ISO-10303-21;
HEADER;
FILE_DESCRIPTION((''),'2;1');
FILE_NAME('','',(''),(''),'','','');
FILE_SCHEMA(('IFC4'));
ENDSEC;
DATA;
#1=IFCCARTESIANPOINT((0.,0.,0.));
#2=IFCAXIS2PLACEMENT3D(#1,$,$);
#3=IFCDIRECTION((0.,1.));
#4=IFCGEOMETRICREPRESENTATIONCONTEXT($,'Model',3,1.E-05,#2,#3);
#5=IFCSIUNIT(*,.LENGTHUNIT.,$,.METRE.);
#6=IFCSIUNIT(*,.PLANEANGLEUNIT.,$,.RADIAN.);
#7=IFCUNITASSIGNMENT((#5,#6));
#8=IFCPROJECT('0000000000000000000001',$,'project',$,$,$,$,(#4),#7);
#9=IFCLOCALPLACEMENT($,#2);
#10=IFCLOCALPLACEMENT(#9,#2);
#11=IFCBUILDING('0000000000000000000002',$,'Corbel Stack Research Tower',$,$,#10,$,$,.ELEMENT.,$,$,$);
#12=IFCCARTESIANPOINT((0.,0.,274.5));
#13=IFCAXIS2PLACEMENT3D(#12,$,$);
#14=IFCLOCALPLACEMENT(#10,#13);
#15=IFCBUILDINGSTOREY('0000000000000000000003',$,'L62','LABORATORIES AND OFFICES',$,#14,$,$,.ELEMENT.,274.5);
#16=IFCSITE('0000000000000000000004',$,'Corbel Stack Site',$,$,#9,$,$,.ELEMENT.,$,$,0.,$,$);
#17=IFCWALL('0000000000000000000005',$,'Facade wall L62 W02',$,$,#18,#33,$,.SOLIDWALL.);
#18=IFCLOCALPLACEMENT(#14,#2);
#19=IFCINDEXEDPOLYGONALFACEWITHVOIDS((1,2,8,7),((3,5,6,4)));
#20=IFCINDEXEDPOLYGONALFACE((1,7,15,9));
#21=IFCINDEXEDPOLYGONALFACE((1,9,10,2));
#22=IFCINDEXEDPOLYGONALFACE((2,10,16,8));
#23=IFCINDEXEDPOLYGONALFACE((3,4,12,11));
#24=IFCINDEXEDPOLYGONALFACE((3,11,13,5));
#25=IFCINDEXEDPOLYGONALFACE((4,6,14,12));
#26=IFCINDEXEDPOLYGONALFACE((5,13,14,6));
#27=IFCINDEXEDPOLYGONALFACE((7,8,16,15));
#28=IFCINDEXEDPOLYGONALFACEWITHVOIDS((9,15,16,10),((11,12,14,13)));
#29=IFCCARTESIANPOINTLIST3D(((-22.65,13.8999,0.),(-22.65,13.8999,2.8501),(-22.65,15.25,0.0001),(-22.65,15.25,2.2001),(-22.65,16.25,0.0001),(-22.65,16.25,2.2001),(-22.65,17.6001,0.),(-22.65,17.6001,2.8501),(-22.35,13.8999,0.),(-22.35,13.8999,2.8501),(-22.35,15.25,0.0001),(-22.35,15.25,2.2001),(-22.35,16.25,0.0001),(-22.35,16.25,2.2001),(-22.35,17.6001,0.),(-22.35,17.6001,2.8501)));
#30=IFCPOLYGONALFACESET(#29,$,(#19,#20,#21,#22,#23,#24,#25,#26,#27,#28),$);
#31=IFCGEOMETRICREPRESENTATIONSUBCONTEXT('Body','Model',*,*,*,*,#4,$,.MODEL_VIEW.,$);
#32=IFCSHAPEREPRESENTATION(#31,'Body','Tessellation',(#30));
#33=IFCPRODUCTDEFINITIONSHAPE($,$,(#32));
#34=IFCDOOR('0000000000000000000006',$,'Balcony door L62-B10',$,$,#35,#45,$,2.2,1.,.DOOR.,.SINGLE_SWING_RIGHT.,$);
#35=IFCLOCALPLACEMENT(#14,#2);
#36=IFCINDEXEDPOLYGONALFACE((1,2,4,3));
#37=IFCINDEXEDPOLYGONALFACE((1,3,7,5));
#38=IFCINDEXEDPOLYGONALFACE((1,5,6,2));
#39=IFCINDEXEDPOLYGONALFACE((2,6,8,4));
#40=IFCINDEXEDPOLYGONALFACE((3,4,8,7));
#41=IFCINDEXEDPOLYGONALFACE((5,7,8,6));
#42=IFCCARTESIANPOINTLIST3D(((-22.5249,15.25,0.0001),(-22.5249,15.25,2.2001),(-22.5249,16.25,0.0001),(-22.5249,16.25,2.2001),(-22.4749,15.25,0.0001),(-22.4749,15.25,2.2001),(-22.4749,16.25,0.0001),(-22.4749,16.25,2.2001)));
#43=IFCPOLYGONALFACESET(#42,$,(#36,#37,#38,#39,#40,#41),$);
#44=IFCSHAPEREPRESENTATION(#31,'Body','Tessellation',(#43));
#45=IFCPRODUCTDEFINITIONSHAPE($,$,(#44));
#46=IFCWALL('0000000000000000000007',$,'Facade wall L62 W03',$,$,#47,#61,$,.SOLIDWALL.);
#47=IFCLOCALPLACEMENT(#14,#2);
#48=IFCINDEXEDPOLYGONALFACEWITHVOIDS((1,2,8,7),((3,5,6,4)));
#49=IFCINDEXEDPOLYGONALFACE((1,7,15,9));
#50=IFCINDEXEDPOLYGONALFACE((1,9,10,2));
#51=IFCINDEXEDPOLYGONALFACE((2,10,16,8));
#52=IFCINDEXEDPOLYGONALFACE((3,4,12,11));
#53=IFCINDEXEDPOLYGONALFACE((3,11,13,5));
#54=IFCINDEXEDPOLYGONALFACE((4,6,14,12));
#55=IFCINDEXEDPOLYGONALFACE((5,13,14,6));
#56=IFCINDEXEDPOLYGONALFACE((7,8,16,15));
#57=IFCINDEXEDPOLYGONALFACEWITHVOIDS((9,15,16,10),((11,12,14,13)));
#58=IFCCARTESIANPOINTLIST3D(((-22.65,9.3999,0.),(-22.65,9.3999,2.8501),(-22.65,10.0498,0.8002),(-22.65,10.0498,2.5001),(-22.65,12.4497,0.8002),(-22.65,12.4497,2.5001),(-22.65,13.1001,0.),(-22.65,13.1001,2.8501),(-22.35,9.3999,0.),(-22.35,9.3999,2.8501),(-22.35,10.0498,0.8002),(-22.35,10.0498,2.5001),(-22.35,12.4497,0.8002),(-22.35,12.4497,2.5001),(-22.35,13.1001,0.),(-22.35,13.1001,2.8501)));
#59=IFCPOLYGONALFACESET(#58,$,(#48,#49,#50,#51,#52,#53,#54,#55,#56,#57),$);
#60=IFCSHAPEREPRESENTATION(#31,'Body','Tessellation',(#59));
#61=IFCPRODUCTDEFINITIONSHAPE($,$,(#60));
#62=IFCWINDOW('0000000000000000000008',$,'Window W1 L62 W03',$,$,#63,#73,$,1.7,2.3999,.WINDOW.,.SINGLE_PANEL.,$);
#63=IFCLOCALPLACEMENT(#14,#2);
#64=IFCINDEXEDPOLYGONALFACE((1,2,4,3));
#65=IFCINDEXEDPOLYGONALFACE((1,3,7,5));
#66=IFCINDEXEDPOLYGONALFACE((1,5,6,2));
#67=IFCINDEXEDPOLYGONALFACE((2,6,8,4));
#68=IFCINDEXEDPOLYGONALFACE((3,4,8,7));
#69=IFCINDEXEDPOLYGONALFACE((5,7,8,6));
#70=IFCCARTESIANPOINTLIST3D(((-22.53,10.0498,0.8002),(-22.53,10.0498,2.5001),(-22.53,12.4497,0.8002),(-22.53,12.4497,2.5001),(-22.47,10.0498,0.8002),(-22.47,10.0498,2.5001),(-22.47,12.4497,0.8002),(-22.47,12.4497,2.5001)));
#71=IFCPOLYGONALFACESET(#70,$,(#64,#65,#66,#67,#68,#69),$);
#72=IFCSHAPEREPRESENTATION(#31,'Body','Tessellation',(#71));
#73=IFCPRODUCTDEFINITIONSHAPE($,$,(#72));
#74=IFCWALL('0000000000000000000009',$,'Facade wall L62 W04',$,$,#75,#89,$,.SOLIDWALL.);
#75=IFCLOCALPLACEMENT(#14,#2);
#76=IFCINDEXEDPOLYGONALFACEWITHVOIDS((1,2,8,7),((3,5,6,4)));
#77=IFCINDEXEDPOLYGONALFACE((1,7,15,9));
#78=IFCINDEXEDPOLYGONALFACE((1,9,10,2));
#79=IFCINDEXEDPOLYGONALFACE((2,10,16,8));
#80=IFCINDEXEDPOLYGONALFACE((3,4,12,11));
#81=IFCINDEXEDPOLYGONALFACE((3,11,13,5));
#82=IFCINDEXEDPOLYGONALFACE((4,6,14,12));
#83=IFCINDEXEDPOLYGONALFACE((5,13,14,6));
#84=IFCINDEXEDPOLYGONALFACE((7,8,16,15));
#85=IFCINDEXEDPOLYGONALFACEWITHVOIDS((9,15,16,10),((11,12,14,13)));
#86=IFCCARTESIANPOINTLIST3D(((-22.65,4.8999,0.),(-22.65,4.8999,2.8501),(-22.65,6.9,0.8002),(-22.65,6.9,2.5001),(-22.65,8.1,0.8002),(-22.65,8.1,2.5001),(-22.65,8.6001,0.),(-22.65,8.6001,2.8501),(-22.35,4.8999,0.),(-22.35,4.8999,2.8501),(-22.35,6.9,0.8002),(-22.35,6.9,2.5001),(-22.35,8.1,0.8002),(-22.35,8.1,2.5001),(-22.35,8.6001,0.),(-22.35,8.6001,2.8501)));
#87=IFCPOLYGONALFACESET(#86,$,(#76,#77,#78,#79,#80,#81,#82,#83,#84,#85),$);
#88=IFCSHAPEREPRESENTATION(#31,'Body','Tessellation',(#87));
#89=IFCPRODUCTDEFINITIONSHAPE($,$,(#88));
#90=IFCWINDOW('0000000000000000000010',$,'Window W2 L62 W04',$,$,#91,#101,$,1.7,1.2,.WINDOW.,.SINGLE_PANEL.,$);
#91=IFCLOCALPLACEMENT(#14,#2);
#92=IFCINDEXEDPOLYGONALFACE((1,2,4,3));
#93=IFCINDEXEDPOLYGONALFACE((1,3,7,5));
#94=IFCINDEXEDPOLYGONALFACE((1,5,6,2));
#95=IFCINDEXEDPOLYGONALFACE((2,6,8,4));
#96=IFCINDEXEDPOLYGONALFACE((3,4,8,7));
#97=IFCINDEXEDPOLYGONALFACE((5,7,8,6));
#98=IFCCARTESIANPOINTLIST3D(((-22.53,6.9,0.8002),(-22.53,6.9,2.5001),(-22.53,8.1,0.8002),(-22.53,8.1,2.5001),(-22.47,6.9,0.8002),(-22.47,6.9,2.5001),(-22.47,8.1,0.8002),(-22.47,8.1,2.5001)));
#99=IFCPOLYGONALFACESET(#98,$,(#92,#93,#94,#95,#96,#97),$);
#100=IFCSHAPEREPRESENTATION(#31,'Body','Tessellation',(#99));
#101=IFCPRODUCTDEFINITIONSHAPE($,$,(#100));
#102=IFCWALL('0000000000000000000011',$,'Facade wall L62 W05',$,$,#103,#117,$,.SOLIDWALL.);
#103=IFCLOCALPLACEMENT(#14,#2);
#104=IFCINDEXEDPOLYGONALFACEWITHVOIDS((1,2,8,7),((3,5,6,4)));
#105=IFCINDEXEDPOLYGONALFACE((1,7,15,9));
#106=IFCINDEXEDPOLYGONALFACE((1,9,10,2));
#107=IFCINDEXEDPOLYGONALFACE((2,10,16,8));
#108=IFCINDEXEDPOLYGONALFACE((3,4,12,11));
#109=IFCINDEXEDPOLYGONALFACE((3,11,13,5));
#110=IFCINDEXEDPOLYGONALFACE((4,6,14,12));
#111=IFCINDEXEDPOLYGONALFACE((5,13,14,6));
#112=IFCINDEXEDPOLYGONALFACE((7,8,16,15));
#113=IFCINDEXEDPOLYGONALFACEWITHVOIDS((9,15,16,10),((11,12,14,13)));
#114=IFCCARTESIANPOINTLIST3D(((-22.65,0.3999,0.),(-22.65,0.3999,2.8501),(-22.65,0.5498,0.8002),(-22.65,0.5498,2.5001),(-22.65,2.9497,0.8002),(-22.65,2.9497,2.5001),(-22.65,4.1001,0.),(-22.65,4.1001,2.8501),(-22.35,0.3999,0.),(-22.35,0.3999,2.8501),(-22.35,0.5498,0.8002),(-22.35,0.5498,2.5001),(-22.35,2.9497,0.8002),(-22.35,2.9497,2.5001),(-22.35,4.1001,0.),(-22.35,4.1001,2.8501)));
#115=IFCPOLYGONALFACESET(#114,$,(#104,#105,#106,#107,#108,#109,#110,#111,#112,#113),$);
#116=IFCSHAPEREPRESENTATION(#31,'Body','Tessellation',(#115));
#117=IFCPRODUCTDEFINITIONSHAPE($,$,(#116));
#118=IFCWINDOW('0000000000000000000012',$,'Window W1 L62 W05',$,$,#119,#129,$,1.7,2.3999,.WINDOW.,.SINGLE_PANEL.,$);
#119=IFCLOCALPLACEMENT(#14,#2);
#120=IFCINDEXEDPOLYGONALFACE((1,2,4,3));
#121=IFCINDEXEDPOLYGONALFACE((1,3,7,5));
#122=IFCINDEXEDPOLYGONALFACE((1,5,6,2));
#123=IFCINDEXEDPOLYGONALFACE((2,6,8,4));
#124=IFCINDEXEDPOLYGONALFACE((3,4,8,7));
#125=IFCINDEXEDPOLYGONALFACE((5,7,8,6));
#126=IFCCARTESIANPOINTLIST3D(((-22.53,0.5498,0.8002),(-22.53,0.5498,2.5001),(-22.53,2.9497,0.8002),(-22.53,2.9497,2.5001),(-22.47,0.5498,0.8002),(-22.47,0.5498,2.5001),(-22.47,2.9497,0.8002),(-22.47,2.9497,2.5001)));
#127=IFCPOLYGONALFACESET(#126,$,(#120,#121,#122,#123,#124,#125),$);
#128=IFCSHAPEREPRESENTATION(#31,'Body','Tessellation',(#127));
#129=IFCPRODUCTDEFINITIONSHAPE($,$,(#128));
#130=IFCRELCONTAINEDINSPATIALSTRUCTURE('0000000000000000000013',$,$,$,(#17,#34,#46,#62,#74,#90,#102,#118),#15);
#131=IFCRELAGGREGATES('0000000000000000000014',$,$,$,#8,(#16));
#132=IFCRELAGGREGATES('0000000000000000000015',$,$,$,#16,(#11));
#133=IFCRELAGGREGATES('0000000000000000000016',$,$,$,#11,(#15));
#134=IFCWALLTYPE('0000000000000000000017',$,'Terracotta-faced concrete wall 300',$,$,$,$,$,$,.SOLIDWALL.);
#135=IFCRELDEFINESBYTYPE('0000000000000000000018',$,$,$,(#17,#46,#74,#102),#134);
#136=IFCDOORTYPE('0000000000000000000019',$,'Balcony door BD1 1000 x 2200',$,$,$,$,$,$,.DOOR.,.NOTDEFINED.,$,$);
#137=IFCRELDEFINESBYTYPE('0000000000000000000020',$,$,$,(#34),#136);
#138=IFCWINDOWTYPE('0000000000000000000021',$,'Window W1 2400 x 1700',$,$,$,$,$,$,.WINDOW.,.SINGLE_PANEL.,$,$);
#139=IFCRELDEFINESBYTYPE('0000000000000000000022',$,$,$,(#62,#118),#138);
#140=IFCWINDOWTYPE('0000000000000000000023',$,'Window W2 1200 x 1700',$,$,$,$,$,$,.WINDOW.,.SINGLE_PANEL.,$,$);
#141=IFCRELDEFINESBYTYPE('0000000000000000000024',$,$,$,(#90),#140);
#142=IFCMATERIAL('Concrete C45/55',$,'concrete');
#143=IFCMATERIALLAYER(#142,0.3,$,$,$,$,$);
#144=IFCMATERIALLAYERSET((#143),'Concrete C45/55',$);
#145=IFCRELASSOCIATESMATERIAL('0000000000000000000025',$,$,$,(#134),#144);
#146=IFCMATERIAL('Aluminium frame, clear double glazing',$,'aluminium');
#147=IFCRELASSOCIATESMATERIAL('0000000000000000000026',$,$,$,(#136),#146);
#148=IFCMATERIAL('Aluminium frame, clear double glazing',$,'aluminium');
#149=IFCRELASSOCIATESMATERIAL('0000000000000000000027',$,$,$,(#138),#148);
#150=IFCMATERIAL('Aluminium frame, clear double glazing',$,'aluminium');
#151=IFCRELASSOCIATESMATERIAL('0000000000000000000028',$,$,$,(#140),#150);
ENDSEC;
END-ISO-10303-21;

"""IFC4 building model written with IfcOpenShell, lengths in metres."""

from ifc_helpers import new_model, si_unit, direction, frame, frame_2d, origin, place, context, subcontext, project, spatial, rectangle, extrude, material, layer, layer_set, type_object, element, fill, save


model = new_model("IFC4")

# Units and contexts
model_context = context("Model", 3, precision=1e-05, world=origin(), true_north=direction((0.0, 1.0)))
body_context = subcontext(model_context, "Body", "Model", "MODEL_VIEW")
ifc_project = project(units=[si_unit("LENGTHUNIT", "METRE"), si_unit("PLANEANGLEUNIT", "RADIAN")], contexts=[model_context])

# Site, building, storey
site_placement = place(None, origin())
site = spatial("IfcSite", under=ifc_project, at=site_placement, Name="Corbel Stack Site", CompositionType="ELEMENT", RefElevation=0.0)
building_placement = place(site_placement, origin())
building = spatial("IfcBuilding", under=site, at=building_placement, Name="Corbel Stack Research Tower", CompositionType="ELEMENT")
storey_placement = place(building_placement, frame((0.0, 0.0, 274.5)))
storey = spatial("IfcBuildingStorey", under=building, at=storey_placement, Name="L62", Description="LABORATORIES AND OFFICES", CompositionType="ELEMENT", Elevation=274.5)

# Wall, opening, door
ifc_material_1 = material(Name="Concrete C45/55", Category="concrete")
ifc_layer_1 = layer(ifc_material_1, 0.3)
ifc_layer_set_1 = layer_set([ifc_layer_1], Name="Concrete C45/55")
wall_type_1 = type_object("IfcWallType", Name="Terracotta-faced concrete wall 300", PredefinedType="SOLIDWALL", material=ifc_layer_set_1)
wall_1_placement = place(storey_placement, frame((-22.5, 13.8999, 0.0), z_axis=(0.0, 0.0, 1.0), x_axis=(0.0, 1.0, 0.0)))
wall_1 = element("IfcWall", 1, at=wall_1_placement, inside=storey, type_object=wall_type_1, Name="Facade wall L62 W02", PredefinedType="SOLIDWALL", context=body_context, shape_type="SweptSolid", body=[
    extrude(rectangle(XDim=3.7002, YDim=0.3, at=frame_2d((1.8501, 0.0))), origin(), (0.0, 0.0, 1.0), 2.8501),
])
opening_1_placement = place(wall_1_placement, frame((1.3501, 0.0, 0.0)))
opening_1 = element("IfcOpeningElement", 2, at=opening_1_placement, cuts=wall_1, PredefinedType="OPENING", context=body_context, shape_type="SweptSolid", body=[
    extrude(rectangle(XDim=1.0, YDim=2.2, at=frame_2d((0.5, 1.1001))), frame((0.0, 0.1599, 0.0), z_axis=(0.0, -1.0, 0.0), x_axis=(1.0, 0.0, 0.0)), (0.0, 0.0, 1.0), 0.3201),
])
ifc_material_2 = material(Name="Aluminium frame, clear double glazing", Category="aluminium")
door_type_1 = type_object("IfcDoorType", Name="Balcony door BD1 1000 x 2200", OperationType="NOTDEFINED", PredefinedType="DOOR", material=ifc_material_2)
door_1_placement = place(opening_1_placement, origin())
door_1 = element("IfcDoor", 3, at=door_1_placement, inside=storey, type_object=door_type_1, Name="Balcony door L62-B10", OperationType="SINGLE_SWING_RIGHT", OverallHeight=2.2, OverallWidth=1.0, PredefinedType="DOOR", context=body_context, shape_type="SweptSolid", body=[
    extrude(rectangle(XDim=1.0, YDim=2.2, at=frame_2d((0.5, 1.1001))), frame((0.0, 0.0249, 0.0), z_axis=(0.0, -1.0, 0.0), x_axis=(1.0, 0.0, 0.0)), (0.0, 0.0, 1.0), 0.05),
])
fill(opening_1, door_1)

# Walls, openings, windows
wall_2_placement = place(storey_placement, frame((-22.5, 9.3999, 0.0), z_axis=(0.0, 0.0, 1.0), x_axis=(0.0, 1.0, 0.0)))
wall_2 = element("IfcWall", 4, at=wall_2_placement, inside=storey, type_object=wall_type_1, Name="Facade wall L62 W03", PredefinedType="SOLIDWALL", context=body_context, shape_type="SweptSolid", body=[
    extrude(rectangle(XDim=3.7002, YDim=0.3, at=frame_2d((1.8501, 0.0))), origin(), (0.0, 0.0, 1.0), 2.8501),
])
opening_2_placement = place(wall_2_placement, frame((0.6499, 0.0, 0.8)))
opening_2 = element("IfcOpeningElement", 5, at=opening_2_placement, cuts=wall_2, PredefinedType="OPENING", context=body_context, shape_type="SweptSolid", body=[
    extrude(rectangle(XDim=2.3999, YDim=1.7, at=frame_2d((1.2, 0.8501))), frame((0.0, 0.1599, 0.0), z_axis=(0.0, -1.0, 0.0), x_axis=(1.0, 0.0, 0.0)), (0.0, 0.0, 1.0), 0.3201),
])
ifc_material_3 = material(Name="Aluminium frame, clear double glazing", Category="aluminium")
window_type_1 = type_object("IfcWindowType", Name="Window W1 2400 x 1700", PartitioningType="SINGLE_PANEL", PredefinedType="WINDOW", material=ifc_material_3)
window_1_placement = place(opening_2_placement, origin())
window_1 = element("IfcWindow", 6, at=window_1_placement, inside=storey, type_object=window_type_1, Name="Window W1 L62 W03", OverallHeight=1.7, OverallWidth=2.3999, PartitioningType="SINGLE_PANEL", PredefinedType="WINDOW", context=body_context, shape_type="SweptSolid", body=[
    extrude(rectangle(XDim=2.3999, YDim=1.7, at=frame_2d((1.2, 0.8501))), frame((0.0, 0.03, 0.0), z_axis=(0.0, -1.0, 0.0), x_axis=(1.0, 0.0, 0.0)), (0.0, 0.0, 1.0), 0.0601),
])
fill(opening_2, window_1)
wall_3_placement = place(storey_placement, frame((-22.5, 4.8999, 0.0), z_axis=(0.0, 0.0, 1.0), x_axis=(0.0, 1.0, 0.0)))
wall_3 = element("IfcWall", 7, at=wall_3_placement, inside=storey, type_object=wall_type_1, Name="Facade wall L62 W04", PredefinedType="SOLIDWALL", context=body_context, shape_type="SweptSolid", body=[
    extrude(rectangle(XDim=3.7002, YDim=0.3, at=frame_2d((1.8501, 0.0))), origin(), (0.0, 0.0, 1.0), 2.8501),
])
opening_3_placement = place(wall_3_placement, frame((2.0, 0.0, 0.8)))
opening_3 = element("IfcOpeningElement", 8, at=opening_3_placement, cuts=wall_3, PredefinedType="OPENING", context=body_context, shape_type="SweptSolid", body=[
    extrude(rectangle(XDim=1.2, YDim=1.7, at=frame_2d((0.6001, 0.8501))), frame((0.0, 0.1599, 0.0), z_axis=(0.0, -1.0, 0.0), x_axis=(1.0, 0.0, 0.0)), (0.0, 0.0, 1.0), 0.3201),
])
ifc_material_4 = material(Name="Aluminium frame, clear double glazing", Category="aluminium")
window_type_2 = type_object("IfcWindowType", Name="Window W2 1200 x 1700", PartitioningType="SINGLE_PANEL", PredefinedType="WINDOW", material=ifc_material_4)
window_2_placement = place(opening_3_placement, origin())
window_2 = element("IfcWindow", 9, at=window_2_placement, inside=storey, type_object=window_type_2, Name="Window W2 L62 W04", OverallHeight=1.7, OverallWidth=1.2, PartitioningType="SINGLE_PANEL", PredefinedType="WINDOW", context=body_context, shape_type="SweptSolid", body=[
    extrude(rectangle(XDim=1.2, YDim=1.7, at=frame_2d((0.6001, 0.8501))), frame((0.0, 0.03, 0.0), z_axis=(0.0, -1.0, 0.0), x_axis=(1.0, 0.0, 0.0)), (0.0, 0.0, 1.0), 0.0601),
])
fill(opening_3, window_2)
wall_4_placement = place(storey_placement, frame((-22.5, 0.3999, 0.0), z_axis=(0.0, 0.0, 1.0), x_axis=(0.0, 1.0, 0.0)))
wall_4 = element("IfcWall", 10, at=wall_4_placement, inside=storey, type_object=wall_type_1, Name="Facade wall L62 W05", PredefinedType="SOLIDWALL", context=body_context, shape_type="SweptSolid", body=[
    extrude(rectangle(XDim=3.7002, YDim=0.3, at=frame_2d((1.8501, 0.0))), origin(), (0.0, 0.0, 1.0), 2.8501),
])
opening_4_placement = place(wall_4_placement, frame((0.1499, 0.0, 0.8)))
opening_4 = element("IfcOpeningElement", 11, at=opening_4_placement, cuts=wall_4, PredefinedType="OPENING", context=body_context, shape_type="SweptSolid", body=[
    extrude(rectangle(XDim=2.3999, YDim=1.7, at=frame_2d((1.2, 0.8501))), frame((0.0, 0.1599, 0.0), z_axis=(0.0, -1.0, 0.0), x_axis=(1.0, 0.0, 0.0)), (0.0, 0.0, 1.0), 0.3201),
])
window_3_placement = place(opening_4_placement, origin())
window_3 = element("IfcWindow", 12, at=window_3_placement, inside=storey, type_object=window_type_1, Name="Window W1 L62 W05", OverallHeight=1.7, OverallWidth=2.3999, PartitioningType="SINGLE_PANEL", PredefinedType="WINDOW", context=body_context, shape_type="SweptSolid", body=[
    extrude(rectangle(XDim=2.3999, YDim=1.7, at=frame_2d((1.2, 0.8501))), frame((0.0, 0.03, 0.0), z_axis=(0.0, -1.0, 0.0), x_axis=(1.0, 0.0, 0.0)), (0.0, 0.0, 1.0), 0.0601),
])
fill(opening_4, window_3)

save(model, "model.ifc")
